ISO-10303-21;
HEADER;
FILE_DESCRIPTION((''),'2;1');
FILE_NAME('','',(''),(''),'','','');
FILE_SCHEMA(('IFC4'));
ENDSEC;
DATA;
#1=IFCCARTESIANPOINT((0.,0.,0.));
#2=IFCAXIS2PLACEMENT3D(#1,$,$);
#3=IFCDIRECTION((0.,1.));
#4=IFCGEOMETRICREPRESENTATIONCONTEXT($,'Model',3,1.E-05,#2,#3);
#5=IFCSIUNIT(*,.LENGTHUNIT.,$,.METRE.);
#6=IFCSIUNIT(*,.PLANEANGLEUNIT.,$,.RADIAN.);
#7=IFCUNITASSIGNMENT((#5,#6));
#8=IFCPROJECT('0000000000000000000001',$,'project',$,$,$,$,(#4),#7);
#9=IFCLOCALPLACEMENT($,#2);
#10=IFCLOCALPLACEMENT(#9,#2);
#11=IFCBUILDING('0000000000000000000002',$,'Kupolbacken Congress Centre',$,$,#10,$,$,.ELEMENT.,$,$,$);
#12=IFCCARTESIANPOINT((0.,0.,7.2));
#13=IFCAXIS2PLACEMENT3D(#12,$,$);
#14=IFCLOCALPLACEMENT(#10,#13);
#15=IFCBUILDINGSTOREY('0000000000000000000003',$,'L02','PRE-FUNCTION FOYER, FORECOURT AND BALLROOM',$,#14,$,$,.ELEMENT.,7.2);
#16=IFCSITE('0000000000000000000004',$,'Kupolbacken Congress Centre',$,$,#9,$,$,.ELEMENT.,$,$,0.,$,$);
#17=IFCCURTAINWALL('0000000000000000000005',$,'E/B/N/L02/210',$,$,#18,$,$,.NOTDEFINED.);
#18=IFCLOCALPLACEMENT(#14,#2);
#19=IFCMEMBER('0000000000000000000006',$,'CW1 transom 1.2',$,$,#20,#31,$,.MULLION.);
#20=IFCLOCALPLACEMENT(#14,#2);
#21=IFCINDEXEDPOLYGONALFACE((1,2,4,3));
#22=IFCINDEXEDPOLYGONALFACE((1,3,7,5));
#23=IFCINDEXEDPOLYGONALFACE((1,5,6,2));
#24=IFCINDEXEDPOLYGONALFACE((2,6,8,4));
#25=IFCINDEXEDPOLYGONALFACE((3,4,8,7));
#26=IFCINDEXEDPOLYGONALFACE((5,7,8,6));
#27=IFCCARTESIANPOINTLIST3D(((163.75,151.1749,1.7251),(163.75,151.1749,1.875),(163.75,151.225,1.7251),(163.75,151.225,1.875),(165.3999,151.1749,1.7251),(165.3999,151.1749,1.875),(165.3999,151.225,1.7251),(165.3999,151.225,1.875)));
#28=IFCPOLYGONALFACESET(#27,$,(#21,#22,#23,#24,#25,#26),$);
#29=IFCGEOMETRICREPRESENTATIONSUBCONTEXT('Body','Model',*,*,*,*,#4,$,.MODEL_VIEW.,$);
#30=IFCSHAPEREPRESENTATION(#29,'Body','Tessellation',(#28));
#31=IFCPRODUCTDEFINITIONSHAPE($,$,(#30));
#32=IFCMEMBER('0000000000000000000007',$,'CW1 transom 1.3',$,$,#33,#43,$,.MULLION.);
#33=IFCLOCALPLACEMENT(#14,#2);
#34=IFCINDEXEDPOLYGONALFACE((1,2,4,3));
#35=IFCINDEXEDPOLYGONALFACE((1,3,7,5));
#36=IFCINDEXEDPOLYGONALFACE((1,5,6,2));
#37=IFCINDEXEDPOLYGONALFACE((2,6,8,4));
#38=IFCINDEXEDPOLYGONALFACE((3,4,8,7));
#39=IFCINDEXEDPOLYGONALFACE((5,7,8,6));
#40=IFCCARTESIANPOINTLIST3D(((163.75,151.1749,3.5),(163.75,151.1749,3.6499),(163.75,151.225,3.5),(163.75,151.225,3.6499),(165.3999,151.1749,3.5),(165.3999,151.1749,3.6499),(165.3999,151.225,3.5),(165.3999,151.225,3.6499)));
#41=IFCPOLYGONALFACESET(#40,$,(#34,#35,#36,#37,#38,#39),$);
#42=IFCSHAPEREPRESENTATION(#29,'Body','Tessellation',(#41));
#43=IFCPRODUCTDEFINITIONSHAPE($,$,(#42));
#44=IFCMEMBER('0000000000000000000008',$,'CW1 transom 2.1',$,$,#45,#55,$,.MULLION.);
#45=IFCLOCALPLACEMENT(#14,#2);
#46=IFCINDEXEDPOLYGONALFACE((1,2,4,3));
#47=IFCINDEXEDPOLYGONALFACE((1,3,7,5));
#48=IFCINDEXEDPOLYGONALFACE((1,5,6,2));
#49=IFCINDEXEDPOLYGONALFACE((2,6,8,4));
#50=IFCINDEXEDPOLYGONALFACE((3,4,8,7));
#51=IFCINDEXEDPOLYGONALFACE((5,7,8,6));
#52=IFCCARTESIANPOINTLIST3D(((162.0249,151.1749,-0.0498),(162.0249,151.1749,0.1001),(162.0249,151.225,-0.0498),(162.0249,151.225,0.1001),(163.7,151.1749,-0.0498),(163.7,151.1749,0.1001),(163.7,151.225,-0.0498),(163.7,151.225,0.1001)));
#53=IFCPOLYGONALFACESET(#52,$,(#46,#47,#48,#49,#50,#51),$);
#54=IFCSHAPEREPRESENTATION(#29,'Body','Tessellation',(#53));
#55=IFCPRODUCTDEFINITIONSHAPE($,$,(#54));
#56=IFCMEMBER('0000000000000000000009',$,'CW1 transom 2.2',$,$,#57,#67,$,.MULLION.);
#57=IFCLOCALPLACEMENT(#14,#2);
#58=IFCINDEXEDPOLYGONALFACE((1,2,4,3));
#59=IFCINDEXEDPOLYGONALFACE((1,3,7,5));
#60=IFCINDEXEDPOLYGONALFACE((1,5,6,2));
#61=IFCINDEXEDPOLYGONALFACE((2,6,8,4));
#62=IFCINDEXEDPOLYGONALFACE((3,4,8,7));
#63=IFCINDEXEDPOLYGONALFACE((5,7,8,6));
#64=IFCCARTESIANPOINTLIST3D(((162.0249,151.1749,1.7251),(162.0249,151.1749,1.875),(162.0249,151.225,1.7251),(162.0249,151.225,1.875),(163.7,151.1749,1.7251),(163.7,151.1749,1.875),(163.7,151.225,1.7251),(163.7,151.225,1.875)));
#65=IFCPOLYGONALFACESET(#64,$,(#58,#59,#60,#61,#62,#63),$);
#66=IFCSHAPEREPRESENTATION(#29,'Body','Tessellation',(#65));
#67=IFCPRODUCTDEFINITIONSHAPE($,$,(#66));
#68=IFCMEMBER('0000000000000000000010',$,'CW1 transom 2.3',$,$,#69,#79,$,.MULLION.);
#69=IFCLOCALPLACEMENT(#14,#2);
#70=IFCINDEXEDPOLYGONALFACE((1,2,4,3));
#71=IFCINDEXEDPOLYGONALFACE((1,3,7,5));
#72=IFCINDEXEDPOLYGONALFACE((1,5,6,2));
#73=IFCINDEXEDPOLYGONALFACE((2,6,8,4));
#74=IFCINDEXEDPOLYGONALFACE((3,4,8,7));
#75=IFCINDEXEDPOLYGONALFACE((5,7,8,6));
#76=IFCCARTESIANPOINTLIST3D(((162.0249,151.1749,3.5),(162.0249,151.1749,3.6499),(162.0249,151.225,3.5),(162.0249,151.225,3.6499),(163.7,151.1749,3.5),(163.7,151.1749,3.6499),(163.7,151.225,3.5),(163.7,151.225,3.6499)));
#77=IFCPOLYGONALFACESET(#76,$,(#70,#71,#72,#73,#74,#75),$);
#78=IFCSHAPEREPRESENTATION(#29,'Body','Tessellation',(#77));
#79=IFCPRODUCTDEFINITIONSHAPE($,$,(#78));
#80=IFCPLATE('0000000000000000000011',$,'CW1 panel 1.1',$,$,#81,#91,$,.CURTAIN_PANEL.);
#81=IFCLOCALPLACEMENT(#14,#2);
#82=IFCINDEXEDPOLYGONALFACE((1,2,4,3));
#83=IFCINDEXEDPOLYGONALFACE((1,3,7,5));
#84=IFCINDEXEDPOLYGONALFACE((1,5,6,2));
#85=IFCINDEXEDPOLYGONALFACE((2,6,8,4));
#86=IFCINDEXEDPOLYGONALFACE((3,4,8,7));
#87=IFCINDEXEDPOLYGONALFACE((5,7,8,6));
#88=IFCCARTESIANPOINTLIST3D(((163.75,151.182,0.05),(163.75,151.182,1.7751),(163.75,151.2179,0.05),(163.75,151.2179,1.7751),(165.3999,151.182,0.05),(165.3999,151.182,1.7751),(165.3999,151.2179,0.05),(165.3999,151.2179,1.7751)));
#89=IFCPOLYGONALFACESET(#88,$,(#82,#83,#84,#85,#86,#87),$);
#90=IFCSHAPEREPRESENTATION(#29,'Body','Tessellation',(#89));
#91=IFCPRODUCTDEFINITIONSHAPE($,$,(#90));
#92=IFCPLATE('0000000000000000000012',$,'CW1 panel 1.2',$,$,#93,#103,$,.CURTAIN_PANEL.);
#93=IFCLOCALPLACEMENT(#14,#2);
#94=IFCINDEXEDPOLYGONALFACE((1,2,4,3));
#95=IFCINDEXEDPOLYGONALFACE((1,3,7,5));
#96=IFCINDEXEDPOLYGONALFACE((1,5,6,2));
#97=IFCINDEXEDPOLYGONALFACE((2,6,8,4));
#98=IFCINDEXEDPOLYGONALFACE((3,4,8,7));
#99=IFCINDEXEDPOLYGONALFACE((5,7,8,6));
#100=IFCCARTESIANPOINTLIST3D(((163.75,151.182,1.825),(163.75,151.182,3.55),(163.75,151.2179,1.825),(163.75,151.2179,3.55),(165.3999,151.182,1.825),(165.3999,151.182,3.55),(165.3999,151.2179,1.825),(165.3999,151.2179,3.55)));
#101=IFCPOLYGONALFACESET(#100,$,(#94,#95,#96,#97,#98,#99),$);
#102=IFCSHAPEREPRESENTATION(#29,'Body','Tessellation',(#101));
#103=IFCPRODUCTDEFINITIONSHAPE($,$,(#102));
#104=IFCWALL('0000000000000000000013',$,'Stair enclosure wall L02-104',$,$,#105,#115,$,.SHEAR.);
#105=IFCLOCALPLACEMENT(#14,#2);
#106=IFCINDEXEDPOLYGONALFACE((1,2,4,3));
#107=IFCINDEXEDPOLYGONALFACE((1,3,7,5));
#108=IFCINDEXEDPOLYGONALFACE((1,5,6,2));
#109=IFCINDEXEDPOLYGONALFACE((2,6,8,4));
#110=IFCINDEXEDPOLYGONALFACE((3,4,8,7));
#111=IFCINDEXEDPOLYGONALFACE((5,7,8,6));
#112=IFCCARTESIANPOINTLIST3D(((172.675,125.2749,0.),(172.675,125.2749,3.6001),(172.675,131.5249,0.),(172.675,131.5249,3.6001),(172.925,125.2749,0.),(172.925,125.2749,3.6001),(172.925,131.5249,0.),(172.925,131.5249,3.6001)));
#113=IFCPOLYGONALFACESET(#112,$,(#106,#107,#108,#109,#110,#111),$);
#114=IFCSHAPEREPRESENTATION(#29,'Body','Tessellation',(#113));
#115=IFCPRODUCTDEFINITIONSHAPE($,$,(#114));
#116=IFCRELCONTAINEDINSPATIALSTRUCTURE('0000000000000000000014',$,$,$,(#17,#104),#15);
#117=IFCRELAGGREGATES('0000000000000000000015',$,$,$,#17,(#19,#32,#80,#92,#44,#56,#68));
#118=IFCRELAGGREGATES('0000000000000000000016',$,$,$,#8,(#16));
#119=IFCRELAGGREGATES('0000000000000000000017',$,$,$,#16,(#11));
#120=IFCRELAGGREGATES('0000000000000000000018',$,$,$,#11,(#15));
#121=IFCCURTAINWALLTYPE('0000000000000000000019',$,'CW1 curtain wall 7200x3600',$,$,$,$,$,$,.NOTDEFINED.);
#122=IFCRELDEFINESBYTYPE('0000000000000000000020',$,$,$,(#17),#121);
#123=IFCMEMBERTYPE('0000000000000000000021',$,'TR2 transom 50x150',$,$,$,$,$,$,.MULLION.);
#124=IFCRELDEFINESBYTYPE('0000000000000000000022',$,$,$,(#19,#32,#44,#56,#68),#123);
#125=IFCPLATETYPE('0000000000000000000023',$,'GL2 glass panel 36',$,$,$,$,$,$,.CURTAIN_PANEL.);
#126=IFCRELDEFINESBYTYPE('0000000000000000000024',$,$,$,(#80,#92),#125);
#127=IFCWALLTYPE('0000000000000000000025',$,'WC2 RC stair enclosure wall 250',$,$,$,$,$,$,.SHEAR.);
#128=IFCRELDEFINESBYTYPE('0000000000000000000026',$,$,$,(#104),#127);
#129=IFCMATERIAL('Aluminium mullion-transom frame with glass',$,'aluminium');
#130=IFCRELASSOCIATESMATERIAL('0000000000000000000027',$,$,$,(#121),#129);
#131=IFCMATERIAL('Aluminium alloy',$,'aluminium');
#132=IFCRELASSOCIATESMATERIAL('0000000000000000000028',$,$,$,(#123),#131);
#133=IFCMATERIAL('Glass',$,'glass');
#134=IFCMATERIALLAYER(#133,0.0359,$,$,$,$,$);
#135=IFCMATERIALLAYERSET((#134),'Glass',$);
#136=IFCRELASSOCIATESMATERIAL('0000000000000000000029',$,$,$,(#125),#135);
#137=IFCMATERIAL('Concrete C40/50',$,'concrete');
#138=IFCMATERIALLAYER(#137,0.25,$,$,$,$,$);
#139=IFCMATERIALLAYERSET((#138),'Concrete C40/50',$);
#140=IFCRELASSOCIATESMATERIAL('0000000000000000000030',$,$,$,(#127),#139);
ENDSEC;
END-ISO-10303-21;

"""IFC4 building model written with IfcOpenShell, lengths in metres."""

from ifc_helpers import new_model, si_unit, direction, frame, frame_2d, origin, origin_2d, place, context, subcontext, project, spatial, rectangle, extrude, material, layer, layer_set, material_profile, profile_set, type_object, element, aggregate, save


model = new_model("IFC4")

# Units and contexts
model_context = context("Model", 3, precision=1e-05, world=origin(), true_north=direction((0.0, 1.0)))
body_context = subcontext(model_context, "Body", "Model", "MODEL_VIEW")
ifc_project = project(units=[si_unit("LENGTHUNIT", "METRE"), si_unit("PLANEANGLEUNIT", "RADIAN")], contexts=[model_context])

# Site, building, storey
site_placement = place(None, origin())
site = spatial("IfcSite", under=ifc_project, at=site_placement, Name="Kupolbacken Congress Centre", CompositionType="ELEMENT", RefElevation=0.0)
building_placement = place(site_placement, origin())
building = spatial("IfcBuilding", under=site, at=building_placement, Name="Kupolbacken Congress Centre", CompositionType="ELEMENT")
storey_placement = place(building_placement, frame((0.0, 0.0, 7.2)))
storey = spatial("IfcBuildingStorey", under=building, at=storey_placement, Name="L02", Description="PRE-FUNCTION FOYER, FORECOURT AND BALLROOM", CompositionType="ELEMENT", Elevation=7.2)

# Curtain wall, members, plates
ifc_material_1 = material(Name="Aluminium mullion-transom frame with glass", Category="aluminium")
curtain_wall_type = type_object("IfcCurtainWallType", Name="CW1 curtain wall 7200x3600", PredefinedType="NOTDEFINED", material=ifc_material_1)
curtain_wall_placement = place(storey_placement, origin())
curtain_wall = element("IfcCurtainWall", 1, at=curtain_wall_placement, inside=storey, type_object=curtain_wall_type, Name="E/B/N/L02/210", PredefinedType="NOTDEFINED")
ifc_material_2 = material(Name="Aluminium alloy", Category="aluminium")
ifc_material_profile_1 = material_profile(ifc_material_2, rectangle(XDim=0.05, YDim=0.1499, at=origin_2d()), Name="50 x 150")
ifc_profile_set_1 = profile_set([ifc_material_profile_1], Name="Aluminium alloy")
member_type_1 = type_object("IfcMemberType", Name="TR2 transom 50x150", PredefinedType="MULLION", material=ifc_profile_set_1)
member_1_placement = place(storey_placement, frame((165.3999, 151.2, 1.8), z_axis=(-1.0, 0.0, 0.0), x_axis=(0.0, -1.0, 0.0)))
member_1 = element("IfcMember", 2, at=member_1_placement, type_object=member_type_1, Name="CW1 transom 1.2", PredefinedType="MULLION", context=body_context, shape_type="SweptSolid", body=[
    extrude(rectangle(XDim=0.05, YDim=0.1499, at=origin_2d()), origin(), (0.0, 0.0, 1.0), 1.6499),
])
member_2_placement = place(storey_placement, frame((165.3999, 151.2, 3.575), z_axis=(-1.0, 0.0, 0.0), x_axis=(0.0, -1.0, 0.0)))
member_2 = element("IfcMember", 3, at=member_2_placement, type_object=member_type_1, Name="CW1 transom 1.3", PredefinedType="MULLION", context=body_context, shape_type="SweptSolid", body=[
    extrude(rectangle(XDim=0.05, YDim=0.1499, at=origin_2d()), origin(), (0.0, 0.0, 1.0), 1.6499),
])
member_3_placement = place(storey_placement, frame((163.7, 151.2, 0.0251), z_axis=(-1.0, 0.0, 0.0), x_axis=(0.0, -1.0, 0.0)))
member_3 = element("IfcMember", 4, at=member_3_placement, type_object=member_type_1, Name="CW1 transom 2.1", PredefinedType="MULLION", context=body_context, shape_type="SweptSolid", body=[
    extrude(rectangle(XDim=0.05, YDim=0.1499, at=origin_2d()), origin(), (0.0, 0.0, 1.0), 1.675),
])
member_4_placement = place(storey_placement, frame((163.7, 151.2, 1.8), z_axis=(-1.0, 0.0, 0.0), x_axis=(0.0, -1.0, 0.0)))
member_4 = element("IfcMember", 5, at=member_4_placement, type_object=member_type_1, Name="CW1 transom 2.2", PredefinedType="MULLION", context=body_context, shape_type="SweptSolid", body=[
    extrude(rectangle(XDim=0.05, YDim=0.1499, at=origin_2d()), origin(), (0.0, 0.0, 1.0), 1.675),
])
member_5_placement = place(storey_placement, frame((163.7, 151.2, 3.575), z_axis=(-1.0, 0.0, 0.0), x_axis=(0.0, -1.0, 0.0)))
member_5 = element("IfcMember", 6, at=member_5_placement, type_object=member_type_1, Name="CW1 transom 2.3", PredefinedType="MULLION", context=body_context, shape_type="SweptSolid", body=[
    extrude(rectangle(XDim=0.05, YDim=0.1499, at=origin_2d()), origin(), (0.0, 0.0, 1.0), 1.675),
])
ifc_material_3 = material(Name="Glass", Category="glass")
ifc_layer_1 = layer(ifc_material_3, 0.0359)
ifc_layer_set_1 = layer_set([ifc_layer_1], Name="Glass")
plate_type = type_object("IfcPlateType", Name="GL2 glass panel 36", PredefinedType="CURTAIN_PANEL", material=ifc_layer_set_1)
plate_1_placement = place(storey_placement, frame((164.575, 151.2, 0.05), z_axis=(0.0, 0.0, 1.0), x_axis=(-1.0, 0.0, 0.0)))
plate_1 = element("IfcPlate", 7, at=plate_1_placement, type_object=plate_type, Name="CW1 panel 1.1", PredefinedType="CURTAIN_PANEL", context=body_context, shape_type="SweptSolid", body=[
    extrude(rectangle(XDim=1.6499, YDim=0.0359, at=origin_2d()), origin(), (0.0, 0.0, 1.0), 1.7251),
])
plate_2_placement = place(storey_placement, frame((164.575, 151.2, 1.825), z_axis=(0.0, 0.0, 1.0), x_axis=(-1.0, 0.0, 0.0)))
plate_2 = element("IfcPlate", 8, at=plate_2_placement, type_object=plate_type, Name="CW1 panel 1.2", PredefinedType="CURTAIN_PANEL", context=body_context, shape_type="SweptSolid", body=[
    extrude(rectangle(XDim=1.6499, YDim=0.0359, at=origin_2d()), origin(), (0.0, 0.0, 1.0), 1.7251),
])
aggregate(curtain_wall, [member_1, member_2, plate_1, plate_2, member_3, member_4, member_5])

# Wall
ifc_material_4 = material(Name="Concrete C40/50", Category="concrete")
ifc_layer_2 = layer(ifc_material_4, 0.25)
ifc_layer_set_2 = layer_set([ifc_layer_2], Name="Concrete C40/50")
wall_type_1 = type_object("IfcWallType", Name="WC2 RC stair enclosure wall 250", PredefinedType="SHEAR", material=ifc_layer_set_2)
wall_1_placement = place(storey_placement, frame((172.8, 131.5249, 0.0), z_axis=(0.0, 0.0, 1.0), x_axis=(0.0, -1.0, 0.0)))
element("IfcWall", 9, at=wall_1_placement, inside=storey, type_object=wall_type_1, Name="Stair enclosure wall L02-104", PredefinedType="SHEAR", context=body_context, shape_type="SweptSolid", body=[
    extrude(rectangle(XDim=6.25, YDim=0.25, at=frame_2d((3.125, 0.0))), origin(), (0.0, 0.0, 1.0), 3.6001),
])

save(model, "model.ifc")
